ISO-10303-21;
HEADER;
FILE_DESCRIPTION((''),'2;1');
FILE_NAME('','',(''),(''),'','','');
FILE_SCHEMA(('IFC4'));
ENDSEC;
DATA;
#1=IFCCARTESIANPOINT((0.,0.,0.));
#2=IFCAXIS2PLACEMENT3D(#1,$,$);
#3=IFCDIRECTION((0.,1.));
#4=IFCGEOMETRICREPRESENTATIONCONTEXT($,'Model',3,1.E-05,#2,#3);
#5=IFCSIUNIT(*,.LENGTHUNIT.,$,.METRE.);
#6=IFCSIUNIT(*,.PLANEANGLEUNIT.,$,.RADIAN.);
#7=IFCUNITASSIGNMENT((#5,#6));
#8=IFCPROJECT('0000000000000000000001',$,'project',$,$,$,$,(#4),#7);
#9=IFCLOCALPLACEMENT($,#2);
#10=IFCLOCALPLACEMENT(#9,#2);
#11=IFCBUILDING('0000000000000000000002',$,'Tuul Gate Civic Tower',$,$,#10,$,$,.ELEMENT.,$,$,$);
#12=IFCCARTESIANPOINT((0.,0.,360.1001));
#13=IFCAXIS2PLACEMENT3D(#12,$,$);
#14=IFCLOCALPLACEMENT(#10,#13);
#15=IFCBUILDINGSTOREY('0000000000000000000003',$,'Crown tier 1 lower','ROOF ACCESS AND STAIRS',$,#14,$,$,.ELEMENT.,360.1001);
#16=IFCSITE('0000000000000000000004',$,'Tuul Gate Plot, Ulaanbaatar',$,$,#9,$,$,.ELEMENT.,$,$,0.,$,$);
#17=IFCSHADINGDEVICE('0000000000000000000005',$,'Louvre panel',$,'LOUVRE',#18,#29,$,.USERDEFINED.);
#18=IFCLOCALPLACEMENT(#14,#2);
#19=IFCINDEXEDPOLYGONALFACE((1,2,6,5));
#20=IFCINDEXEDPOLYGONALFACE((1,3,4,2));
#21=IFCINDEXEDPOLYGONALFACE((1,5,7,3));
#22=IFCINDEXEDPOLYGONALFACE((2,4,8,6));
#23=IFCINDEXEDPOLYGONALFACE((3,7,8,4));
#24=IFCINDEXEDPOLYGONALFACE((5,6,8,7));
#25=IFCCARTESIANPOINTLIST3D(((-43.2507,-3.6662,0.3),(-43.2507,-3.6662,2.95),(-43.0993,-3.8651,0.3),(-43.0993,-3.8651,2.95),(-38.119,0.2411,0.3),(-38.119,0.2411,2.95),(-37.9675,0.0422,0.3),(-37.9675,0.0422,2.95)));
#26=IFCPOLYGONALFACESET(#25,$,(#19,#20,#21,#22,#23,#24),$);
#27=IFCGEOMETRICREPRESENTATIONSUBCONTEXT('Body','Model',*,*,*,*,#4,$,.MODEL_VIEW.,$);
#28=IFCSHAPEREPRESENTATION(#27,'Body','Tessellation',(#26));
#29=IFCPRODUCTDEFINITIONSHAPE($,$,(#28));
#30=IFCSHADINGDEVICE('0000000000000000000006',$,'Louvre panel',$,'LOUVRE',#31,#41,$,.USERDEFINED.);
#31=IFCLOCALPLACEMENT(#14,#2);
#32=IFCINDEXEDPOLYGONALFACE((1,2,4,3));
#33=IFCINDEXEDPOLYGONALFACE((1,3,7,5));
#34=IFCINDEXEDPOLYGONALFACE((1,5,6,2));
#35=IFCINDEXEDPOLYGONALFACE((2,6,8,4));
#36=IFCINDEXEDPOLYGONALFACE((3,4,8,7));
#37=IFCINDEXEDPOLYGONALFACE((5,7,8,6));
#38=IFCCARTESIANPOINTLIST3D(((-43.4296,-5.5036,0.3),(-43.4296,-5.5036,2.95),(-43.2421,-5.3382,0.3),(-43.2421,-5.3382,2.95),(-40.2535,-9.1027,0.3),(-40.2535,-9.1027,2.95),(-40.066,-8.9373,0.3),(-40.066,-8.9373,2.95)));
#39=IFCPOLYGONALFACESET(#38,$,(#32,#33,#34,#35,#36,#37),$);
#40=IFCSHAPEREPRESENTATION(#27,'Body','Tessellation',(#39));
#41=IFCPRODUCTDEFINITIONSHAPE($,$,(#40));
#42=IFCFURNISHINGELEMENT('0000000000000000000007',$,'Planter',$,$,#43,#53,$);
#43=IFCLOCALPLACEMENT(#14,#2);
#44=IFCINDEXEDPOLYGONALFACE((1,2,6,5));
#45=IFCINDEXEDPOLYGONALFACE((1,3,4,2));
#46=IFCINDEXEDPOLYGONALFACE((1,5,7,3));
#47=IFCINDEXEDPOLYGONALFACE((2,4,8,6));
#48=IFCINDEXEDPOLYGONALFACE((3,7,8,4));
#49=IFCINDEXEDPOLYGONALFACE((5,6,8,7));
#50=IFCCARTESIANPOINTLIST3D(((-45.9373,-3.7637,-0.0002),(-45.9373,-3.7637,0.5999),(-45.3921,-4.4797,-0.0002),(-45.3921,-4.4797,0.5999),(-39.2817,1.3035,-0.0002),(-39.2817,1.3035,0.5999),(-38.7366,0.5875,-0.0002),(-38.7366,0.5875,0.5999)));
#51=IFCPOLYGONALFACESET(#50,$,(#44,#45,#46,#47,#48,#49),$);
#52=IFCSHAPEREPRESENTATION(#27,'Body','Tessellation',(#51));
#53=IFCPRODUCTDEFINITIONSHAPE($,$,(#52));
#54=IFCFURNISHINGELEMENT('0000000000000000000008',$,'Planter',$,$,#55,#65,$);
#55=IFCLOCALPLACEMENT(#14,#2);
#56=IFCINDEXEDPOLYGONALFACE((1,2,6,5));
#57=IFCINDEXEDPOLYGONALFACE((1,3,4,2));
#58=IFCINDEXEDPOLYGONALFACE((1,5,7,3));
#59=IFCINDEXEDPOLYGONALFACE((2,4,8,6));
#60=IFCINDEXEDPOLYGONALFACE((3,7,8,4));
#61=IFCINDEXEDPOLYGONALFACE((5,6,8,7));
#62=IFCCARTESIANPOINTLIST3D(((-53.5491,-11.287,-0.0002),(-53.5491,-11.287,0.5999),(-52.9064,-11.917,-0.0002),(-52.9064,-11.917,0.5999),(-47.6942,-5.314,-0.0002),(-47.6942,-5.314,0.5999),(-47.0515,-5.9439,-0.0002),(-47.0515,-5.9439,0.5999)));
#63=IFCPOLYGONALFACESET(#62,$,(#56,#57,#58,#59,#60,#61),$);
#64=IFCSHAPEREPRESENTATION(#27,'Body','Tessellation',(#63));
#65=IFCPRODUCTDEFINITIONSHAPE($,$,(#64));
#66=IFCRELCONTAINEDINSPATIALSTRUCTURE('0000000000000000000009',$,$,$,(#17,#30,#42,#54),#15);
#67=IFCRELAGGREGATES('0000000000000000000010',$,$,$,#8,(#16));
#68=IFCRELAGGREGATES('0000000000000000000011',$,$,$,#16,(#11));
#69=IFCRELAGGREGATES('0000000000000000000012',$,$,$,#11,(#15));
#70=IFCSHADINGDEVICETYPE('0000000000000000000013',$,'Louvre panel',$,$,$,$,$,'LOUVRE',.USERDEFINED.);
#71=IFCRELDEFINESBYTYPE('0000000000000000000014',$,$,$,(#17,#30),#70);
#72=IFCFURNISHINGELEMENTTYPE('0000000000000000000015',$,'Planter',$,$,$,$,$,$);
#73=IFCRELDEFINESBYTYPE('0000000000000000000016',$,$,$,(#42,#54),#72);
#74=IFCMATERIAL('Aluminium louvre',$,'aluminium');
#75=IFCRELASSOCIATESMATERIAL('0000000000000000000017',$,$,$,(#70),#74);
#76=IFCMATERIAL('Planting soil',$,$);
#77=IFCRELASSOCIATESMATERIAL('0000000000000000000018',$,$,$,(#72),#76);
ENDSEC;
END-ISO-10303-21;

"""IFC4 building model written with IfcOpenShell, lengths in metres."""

from ifc_helpers import new_model, si_unit, direction, frame, origin, origin_2d, place, context, subcontext, project, spatial, rectangle, extrude, material, type_object, element, save


model = new_model("IFC4")

# Units and contexts
model_context = context("Model", 3, precision=1e-05, world=origin(), true_north=direction((0.0, 1.0)))
body_context = subcontext(model_context, "Body", "Model", "MODEL_VIEW")
ifc_project = project(units=[si_unit("LENGTHUNIT", "METRE"), si_unit("PLANEANGLEUNIT", "RADIAN")], contexts=[model_context])

# Site, building, storey
site_placement = place(None, origin())
site = spatial("IfcSite", under=ifc_project, at=site_placement, Name="Tuul Gate Plot, Ulaanbaatar", CompositionType="ELEMENT", RefElevation=0.0)
building_placement = place(site_placement, origin())
building = spatial("IfcBuilding", under=site, at=building_placement, Name="Tuul Gate Civic Tower", CompositionType="ELEMENT")
storey_placement = place(building_placement, frame((0.0, 0.0, 360.1001)))
storey = spatial("IfcBuildingStorey", under=building, at=storey_placement, Name="Crown tier 1 lower", Description="ROOF ACCESS AND STAIRS", CompositionType="ELEMENT", Elevation=360.1001)

# Shading devices
ifc_material_1 = material(Name="Aluminium louvre", Category="aluminium")
shading_device_type = type_object("IfcShadingDeviceType", Name="Louvre panel", ElementType="LOUVRE", PredefinedType="USERDEFINED", material=ifc_material_1)
shading_device_1_placement = place(storey_placement, frame((-40.6091, -1.812, 0.3), z_axis=(0.0, 0.0, 1.0), x_axis=(-0.605782, 0.79563, 0.0)))
element("IfcShadingDevice", 1, at=shading_device_1_placement, inside=storey, type_object=shading_device_type, Name="Louvre panel", ObjectType="LOUVRE", PredefinedType="USERDEFINED", context=body_context, shape_type="SweptSolid", body=[
    extrude(rectangle(XDim=0.25, YDim=6.45, at=origin_2d()), origin(), (0.0, 0.0, 1.0), 2.6499),
])
shading_device_2_placement = place(storey_placement, frame((-41.7478, -7.2205, 0.3), z_axis=(0.0, 0.0, 1.0), x_axis=(-0.749793, -0.661672, 0.0)))
element("IfcShadingDevice", 2, at=shading_device_2_placement, inside=storey, type_object=shading_device_type, Name="Louvre panel", ObjectType="LOUVRE", PredefinedType="USERDEFINED", context=body_context, shape_type="SweptSolid", body=[
    extrude(rectangle(XDim=0.25, YDim=4.8, at=origin_2d()), origin(), (0.0, 0.0, 1.0), 2.6499),
])

# Furnishing elements
ifc_material_2 = material(Name="Planting soil")
furnishing_element_type = type_object("IfcFurnishingElementType", Name="Planter", material=ifc_material_2)
furnishing_1_placement = place(storey_placement, frame((-42.3369, -1.5881, -0.0002), z_axis=(0.0, 0.0, 1.0), x_axis=(-0.795643, -0.605766, 0.0)))
element("IfcFurnishingElement", 3, at=furnishing_1_placement, inside=storey, type_object=furnishing_element_type, Name="Planter", context=body_context, shape_type="SweptSolid", body=[
    extrude(rectangle(XDim=8.365, YDim=0.8999, at=origin_2d()), origin(), (0.0, 0.0, 1.0), 0.6001),
])
furnishing_2_placement = place(storey_placement, frame((-50.3003, -8.6155, -0.0002), z_axis=(0.0, 0.0, 1.0), x_axis=(-0.700011, -0.714132, 0.0)))
element("IfcFurnishingElement", 4, at=furnishing_2_placement, inside=storey, type_object=furnishing_element_type, Name="Planter", context=body_context, shape_type="SweptSolid", body=[
    extrude(rectangle(XDim=8.364, YDim=0.8999, at=origin_2d()), origin(), (0.0, 0.0, 1.0), 0.6001),
])

save(model, "model.ifc")
